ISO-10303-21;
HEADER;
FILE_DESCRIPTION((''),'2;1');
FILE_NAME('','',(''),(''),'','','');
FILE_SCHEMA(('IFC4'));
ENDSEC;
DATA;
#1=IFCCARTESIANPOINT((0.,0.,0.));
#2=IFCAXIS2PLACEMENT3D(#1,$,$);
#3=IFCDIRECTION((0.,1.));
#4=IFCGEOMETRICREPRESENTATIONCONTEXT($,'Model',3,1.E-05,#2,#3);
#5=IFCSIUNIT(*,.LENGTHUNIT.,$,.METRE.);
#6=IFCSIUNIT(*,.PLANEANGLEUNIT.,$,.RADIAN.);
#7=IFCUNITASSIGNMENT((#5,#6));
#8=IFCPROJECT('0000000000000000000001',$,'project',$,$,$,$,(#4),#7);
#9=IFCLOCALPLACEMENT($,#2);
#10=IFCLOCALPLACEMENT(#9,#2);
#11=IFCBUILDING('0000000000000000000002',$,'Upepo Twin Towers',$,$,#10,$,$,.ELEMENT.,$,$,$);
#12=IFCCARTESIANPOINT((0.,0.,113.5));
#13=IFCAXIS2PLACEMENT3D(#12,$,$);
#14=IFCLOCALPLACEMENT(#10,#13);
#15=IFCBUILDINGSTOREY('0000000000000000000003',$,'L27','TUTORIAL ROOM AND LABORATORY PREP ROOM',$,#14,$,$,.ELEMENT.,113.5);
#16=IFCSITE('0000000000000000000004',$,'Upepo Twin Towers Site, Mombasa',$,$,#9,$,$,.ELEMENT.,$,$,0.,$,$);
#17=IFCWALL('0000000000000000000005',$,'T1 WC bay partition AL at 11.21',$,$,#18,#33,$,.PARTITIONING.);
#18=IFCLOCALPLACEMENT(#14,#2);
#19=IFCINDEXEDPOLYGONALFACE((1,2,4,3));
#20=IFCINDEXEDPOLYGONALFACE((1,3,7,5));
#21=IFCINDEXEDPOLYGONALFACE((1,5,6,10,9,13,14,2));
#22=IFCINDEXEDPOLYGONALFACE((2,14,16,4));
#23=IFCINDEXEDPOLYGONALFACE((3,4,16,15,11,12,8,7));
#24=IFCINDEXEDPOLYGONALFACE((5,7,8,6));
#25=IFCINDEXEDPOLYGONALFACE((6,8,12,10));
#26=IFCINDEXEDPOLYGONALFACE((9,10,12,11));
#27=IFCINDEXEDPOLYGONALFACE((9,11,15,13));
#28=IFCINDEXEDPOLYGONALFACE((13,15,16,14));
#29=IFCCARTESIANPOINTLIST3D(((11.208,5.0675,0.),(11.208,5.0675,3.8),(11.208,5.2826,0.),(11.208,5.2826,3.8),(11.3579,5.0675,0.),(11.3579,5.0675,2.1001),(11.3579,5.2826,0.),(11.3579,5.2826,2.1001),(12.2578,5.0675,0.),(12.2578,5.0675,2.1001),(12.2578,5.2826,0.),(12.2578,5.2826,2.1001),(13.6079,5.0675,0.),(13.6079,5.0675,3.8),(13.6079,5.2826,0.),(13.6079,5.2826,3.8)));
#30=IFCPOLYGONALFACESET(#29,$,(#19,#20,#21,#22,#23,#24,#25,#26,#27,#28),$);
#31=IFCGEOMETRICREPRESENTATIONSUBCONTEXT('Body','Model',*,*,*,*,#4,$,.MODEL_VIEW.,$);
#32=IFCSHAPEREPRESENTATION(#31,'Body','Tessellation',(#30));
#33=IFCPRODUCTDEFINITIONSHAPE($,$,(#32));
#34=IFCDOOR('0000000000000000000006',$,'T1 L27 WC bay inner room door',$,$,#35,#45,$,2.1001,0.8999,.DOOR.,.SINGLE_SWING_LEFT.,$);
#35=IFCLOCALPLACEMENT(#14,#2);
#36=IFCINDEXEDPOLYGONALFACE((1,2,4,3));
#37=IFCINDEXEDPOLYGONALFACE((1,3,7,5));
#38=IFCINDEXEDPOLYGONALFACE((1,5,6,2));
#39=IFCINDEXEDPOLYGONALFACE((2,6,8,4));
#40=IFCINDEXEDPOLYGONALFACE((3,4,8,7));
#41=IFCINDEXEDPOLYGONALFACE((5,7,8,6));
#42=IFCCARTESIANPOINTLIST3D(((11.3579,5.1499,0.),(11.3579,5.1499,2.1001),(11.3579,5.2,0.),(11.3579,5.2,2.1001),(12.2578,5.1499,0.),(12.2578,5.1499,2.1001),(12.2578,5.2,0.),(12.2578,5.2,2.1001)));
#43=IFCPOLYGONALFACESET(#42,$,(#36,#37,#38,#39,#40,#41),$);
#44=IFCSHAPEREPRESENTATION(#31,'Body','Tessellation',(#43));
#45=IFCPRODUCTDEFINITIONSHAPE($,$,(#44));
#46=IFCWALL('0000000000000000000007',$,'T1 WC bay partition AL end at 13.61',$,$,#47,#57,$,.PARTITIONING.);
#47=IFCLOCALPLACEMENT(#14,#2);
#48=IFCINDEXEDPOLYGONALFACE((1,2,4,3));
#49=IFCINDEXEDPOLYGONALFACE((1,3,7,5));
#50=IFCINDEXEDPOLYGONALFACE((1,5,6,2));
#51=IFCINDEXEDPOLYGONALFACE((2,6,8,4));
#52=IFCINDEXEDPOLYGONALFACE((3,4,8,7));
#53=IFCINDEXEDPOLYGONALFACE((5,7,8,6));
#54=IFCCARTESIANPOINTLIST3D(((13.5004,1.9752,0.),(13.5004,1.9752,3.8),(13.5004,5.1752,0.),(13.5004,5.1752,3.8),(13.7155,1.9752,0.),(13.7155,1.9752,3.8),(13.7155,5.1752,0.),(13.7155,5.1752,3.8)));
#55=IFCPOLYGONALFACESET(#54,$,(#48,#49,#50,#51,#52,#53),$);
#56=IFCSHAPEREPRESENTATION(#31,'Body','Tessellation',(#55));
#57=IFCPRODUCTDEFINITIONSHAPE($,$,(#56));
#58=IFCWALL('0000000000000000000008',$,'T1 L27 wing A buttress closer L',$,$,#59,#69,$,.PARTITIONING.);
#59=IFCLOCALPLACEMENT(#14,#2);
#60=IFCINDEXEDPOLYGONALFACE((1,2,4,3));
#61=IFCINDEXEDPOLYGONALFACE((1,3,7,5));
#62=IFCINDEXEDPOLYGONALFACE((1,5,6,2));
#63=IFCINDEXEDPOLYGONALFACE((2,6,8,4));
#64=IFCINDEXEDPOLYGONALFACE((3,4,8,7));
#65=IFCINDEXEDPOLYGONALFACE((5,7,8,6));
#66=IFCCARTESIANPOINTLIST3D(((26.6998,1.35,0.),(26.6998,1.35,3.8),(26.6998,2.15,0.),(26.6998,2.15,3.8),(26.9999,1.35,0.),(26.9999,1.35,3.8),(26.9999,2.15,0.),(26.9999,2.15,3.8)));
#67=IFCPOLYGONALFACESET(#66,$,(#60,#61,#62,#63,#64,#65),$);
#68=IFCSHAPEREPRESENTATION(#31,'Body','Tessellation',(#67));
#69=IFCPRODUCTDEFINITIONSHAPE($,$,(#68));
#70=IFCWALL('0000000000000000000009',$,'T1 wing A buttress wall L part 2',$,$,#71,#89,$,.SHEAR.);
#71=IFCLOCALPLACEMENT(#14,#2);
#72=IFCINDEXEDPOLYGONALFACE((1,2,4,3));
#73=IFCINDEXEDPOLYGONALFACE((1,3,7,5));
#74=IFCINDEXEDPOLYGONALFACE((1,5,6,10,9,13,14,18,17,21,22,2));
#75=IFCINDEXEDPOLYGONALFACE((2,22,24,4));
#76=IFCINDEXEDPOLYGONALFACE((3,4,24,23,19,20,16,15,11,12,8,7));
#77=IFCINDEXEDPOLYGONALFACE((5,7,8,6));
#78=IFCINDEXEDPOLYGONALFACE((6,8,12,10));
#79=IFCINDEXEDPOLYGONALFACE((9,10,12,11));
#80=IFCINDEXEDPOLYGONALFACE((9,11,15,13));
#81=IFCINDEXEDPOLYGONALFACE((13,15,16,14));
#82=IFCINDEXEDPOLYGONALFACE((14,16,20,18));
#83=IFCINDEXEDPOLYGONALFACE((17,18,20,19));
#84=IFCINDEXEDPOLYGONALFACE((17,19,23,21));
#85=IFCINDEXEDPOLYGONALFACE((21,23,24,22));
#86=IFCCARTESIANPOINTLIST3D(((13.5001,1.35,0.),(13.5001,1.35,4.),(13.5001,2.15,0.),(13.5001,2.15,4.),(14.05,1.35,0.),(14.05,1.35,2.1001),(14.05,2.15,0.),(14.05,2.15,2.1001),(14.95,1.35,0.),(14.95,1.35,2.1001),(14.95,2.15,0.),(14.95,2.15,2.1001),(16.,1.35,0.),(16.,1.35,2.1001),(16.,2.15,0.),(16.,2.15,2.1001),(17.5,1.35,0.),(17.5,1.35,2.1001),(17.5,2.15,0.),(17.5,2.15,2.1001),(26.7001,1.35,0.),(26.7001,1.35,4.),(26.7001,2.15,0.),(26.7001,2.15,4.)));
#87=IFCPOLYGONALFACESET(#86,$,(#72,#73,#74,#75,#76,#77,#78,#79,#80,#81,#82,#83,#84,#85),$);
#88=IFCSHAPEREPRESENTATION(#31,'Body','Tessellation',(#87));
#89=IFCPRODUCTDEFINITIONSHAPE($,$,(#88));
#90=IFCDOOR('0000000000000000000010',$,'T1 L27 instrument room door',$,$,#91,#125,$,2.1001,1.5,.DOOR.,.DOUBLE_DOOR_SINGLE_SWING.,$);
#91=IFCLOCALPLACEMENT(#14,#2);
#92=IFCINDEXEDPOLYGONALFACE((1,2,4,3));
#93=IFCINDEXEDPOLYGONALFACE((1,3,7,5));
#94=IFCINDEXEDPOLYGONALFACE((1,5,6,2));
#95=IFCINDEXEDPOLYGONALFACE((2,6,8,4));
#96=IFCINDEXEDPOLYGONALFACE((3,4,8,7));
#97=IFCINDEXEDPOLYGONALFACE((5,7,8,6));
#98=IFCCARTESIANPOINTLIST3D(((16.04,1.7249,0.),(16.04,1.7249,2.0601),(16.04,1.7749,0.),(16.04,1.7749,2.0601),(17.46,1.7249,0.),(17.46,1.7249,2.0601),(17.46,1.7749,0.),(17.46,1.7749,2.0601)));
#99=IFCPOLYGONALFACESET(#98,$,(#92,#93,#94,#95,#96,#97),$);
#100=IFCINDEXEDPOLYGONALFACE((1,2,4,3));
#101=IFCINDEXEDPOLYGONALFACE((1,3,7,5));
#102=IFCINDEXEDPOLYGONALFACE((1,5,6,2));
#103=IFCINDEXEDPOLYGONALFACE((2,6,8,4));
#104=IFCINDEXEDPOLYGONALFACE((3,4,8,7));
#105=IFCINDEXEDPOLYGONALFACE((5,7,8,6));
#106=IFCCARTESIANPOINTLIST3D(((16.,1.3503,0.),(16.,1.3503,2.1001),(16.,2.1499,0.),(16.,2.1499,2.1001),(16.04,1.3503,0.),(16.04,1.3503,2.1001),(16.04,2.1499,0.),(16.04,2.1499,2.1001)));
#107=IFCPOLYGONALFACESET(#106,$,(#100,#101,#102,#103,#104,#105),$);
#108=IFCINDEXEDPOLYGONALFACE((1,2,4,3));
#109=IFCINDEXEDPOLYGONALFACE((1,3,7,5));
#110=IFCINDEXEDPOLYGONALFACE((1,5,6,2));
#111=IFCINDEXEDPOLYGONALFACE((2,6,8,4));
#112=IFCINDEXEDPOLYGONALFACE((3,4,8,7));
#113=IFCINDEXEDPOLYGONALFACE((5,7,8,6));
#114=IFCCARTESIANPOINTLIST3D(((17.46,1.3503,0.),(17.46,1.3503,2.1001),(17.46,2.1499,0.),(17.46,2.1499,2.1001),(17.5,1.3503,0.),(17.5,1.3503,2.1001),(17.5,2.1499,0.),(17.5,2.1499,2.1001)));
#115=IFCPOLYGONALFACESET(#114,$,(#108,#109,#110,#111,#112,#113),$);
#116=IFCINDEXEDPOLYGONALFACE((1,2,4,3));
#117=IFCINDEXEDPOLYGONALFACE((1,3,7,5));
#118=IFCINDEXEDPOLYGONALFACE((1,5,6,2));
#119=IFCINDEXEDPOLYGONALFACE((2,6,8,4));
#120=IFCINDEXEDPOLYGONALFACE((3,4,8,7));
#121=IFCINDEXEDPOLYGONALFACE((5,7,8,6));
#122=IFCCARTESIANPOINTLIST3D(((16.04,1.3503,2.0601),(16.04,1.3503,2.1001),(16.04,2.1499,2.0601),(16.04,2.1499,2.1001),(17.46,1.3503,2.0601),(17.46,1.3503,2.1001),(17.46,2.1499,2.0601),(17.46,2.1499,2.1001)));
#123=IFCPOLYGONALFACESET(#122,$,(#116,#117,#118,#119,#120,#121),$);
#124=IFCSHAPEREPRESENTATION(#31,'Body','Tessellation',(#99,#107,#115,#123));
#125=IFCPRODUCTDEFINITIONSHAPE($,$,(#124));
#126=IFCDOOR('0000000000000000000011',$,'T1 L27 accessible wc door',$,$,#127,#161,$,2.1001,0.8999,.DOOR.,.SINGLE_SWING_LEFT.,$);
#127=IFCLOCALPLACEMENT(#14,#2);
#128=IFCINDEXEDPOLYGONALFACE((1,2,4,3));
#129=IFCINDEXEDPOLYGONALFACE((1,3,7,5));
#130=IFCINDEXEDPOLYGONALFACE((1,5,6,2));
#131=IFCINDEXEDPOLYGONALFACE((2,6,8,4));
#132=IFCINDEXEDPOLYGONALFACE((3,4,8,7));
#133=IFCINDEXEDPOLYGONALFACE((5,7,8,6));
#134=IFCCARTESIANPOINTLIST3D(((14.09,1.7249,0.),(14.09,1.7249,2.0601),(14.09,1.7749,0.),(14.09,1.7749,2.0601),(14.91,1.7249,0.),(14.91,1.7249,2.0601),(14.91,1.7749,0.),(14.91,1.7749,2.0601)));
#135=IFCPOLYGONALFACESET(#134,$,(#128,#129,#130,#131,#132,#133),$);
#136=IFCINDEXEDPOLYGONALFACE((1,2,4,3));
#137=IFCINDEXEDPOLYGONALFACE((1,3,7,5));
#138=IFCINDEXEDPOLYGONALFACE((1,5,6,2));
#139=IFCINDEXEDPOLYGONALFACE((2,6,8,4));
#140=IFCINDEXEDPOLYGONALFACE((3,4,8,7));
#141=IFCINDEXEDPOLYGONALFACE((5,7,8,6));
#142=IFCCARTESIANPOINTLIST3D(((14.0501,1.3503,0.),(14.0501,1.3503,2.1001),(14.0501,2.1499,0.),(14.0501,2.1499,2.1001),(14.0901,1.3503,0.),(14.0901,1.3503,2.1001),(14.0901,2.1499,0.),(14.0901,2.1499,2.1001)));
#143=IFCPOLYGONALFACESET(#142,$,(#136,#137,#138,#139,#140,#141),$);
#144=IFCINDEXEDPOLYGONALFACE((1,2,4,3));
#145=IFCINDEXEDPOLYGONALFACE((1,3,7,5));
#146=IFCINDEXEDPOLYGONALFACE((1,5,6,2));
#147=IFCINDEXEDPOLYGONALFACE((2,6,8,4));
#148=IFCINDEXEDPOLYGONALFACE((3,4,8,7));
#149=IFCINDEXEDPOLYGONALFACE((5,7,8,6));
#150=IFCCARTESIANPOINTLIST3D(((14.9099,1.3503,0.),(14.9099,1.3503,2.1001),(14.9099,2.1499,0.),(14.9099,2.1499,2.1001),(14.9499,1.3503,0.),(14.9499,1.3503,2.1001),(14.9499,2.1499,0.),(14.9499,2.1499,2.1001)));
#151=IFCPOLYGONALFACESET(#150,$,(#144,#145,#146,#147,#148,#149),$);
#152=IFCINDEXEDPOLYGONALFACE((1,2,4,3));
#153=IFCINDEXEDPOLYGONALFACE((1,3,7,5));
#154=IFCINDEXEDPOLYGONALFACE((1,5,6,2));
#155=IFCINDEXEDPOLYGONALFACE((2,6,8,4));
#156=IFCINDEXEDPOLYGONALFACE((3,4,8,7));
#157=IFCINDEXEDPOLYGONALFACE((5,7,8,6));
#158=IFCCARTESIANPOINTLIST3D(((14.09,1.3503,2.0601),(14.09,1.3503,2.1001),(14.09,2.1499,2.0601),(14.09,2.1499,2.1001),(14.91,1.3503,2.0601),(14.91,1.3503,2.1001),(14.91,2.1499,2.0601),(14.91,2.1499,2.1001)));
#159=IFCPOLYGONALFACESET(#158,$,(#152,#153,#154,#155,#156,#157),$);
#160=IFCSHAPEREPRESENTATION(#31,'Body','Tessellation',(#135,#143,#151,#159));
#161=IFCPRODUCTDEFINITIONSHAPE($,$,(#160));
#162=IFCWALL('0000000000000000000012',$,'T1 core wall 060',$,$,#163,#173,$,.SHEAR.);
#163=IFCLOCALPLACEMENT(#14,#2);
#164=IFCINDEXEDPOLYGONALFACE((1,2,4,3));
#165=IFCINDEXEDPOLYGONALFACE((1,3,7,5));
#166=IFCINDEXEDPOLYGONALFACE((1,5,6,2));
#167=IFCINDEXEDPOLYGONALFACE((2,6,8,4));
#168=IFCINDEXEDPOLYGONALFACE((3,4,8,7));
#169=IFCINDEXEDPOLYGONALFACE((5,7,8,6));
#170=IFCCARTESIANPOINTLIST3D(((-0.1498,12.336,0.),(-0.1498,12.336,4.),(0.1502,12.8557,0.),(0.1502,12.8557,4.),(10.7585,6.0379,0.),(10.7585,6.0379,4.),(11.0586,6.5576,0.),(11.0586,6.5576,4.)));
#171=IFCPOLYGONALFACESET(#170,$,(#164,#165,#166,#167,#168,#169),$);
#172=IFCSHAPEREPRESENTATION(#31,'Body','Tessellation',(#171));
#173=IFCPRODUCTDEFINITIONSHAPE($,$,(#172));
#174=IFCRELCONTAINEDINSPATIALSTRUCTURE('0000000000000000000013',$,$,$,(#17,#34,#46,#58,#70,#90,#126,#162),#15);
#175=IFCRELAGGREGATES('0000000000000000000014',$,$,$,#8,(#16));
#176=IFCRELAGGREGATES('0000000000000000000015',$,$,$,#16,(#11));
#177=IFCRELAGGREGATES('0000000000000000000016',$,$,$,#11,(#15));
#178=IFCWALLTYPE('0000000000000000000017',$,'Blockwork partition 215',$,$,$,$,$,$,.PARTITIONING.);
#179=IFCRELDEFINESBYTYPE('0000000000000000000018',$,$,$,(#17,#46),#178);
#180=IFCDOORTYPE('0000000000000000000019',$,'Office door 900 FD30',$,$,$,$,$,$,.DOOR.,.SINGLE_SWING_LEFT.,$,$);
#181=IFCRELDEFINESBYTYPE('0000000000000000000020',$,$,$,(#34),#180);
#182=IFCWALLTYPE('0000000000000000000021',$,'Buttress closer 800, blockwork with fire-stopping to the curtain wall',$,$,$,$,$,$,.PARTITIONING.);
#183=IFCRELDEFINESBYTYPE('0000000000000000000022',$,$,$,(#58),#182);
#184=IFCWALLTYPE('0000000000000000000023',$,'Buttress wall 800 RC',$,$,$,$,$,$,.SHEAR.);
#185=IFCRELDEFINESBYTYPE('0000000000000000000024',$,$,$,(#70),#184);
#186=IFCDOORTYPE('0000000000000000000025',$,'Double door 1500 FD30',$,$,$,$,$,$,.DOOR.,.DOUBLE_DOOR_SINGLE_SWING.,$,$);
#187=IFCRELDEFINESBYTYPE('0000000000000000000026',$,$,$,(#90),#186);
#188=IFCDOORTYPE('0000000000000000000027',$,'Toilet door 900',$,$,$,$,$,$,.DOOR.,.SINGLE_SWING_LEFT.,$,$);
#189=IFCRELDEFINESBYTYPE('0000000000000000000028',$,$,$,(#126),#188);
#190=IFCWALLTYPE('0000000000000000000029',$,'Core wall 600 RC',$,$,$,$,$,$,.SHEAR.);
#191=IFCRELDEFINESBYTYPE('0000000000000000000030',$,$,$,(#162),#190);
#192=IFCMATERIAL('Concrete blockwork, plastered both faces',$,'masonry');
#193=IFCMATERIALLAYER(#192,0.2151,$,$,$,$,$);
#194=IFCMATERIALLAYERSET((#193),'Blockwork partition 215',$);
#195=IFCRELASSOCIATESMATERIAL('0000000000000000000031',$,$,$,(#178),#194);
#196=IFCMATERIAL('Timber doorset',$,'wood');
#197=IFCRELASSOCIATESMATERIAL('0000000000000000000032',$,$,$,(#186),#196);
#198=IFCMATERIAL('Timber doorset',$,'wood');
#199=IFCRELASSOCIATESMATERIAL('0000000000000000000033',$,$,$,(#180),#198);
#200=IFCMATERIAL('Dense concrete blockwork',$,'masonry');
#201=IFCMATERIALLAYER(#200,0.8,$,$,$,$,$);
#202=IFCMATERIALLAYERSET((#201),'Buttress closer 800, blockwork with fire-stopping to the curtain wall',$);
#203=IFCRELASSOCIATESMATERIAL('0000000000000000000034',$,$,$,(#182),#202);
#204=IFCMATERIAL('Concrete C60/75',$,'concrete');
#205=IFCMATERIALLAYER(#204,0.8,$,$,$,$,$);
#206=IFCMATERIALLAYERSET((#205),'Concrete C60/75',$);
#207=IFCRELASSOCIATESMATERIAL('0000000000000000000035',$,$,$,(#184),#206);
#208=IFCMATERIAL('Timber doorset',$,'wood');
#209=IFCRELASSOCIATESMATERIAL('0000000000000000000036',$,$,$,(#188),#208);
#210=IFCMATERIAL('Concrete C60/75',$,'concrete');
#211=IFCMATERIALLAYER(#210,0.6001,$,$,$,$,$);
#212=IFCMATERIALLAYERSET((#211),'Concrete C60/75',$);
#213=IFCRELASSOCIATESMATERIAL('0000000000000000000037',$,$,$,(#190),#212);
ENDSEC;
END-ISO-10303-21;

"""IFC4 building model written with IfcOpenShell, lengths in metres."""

from ifc_helpers import new_model, si_unit, direction, frame, frame_2d, origin, place, context, subcontext, project, spatial, rectangle, extrude, material, layer, layer_set, type_object, element, fill, save


model = new_model("IFC4")

# Units and contexts
model_context = context("Model", 3, precision=1e-05, world=origin(), true_north=direction((0.0, 1.0)))
body_context = subcontext(model_context, "Body", "Model", "MODEL_VIEW")
ifc_project = project(units=[si_unit("LENGTHUNIT", "METRE"), si_unit("PLANEANGLEUNIT", "RADIAN")], contexts=[model_context])

# Site, building, storey
site_placement = place(None, origin())
site = spatial("IfcSite", under=ifc_project, at=site_placement, Name="Upepo Twin Towers Site, Mombasa", CompositionType="ELEMENT", RefElevation=0.0)
building_placement = place(site_placement, origin())
building = spatial("IfcBuilding", under=site, at=building_placement, Name="Upepo Twin Towers", CompositionType="ELEMENT")
storey_placement = place(building_placement, frame((0.0, 0.0, 113.5)))
storey = spatial("IfcBuildingStorey", under=building, at=storey_placement, Name="L27", Description="TUTORIAL ROOM AND LABORATORY PREP ROOM", CompositionType="ELEMENT", Elevation=113.5)

# Shared definitions
ifc_material_1 = material(Name="Concrete blockwork, plastered both faces", Category="masonry")
ifc_layer_1 = layer(ifc_material_1, 0.2151)
ifc_layer_set_1 = layer_set([ifc_layer_1], Name="Blockwork partition 215")
wall_type_1 = type_object("IfcWallType", Name="Blockwork partition 215", PredefinedType="PARTITIONING", material=ifc_layer_set_1)

# Wall, opening, door
ifc_material_2 = material(Name="Timber doorset", Category="wood")
door_type_1 = type_object("IfcDoorType", Name="Double door 1500 FD30", OperationType="DOUBLE_DOOR_SINGLE_SWING", PredefinedType="DOOR", material=ifc_material_2)
wall_1_placement = place(storey_placement, frame((11.208, 5.175, 0.0), z_axis=(0.0, 0.0, 1.0), x_axis=(1.0, 0.0, 0.0)))
wall_1 = element("IfcWall", 1, at=wall_1_placement, inside=storey, type_object=wall_type_1, Name="T1 WC bay partition AL at 11.21", PredefinedType="PARTITIONING", context=body_context, shape_type="SweptSolid", body=[
    extrude(rectangle(XDim=2.3999, YDim=0.2151, at=frame_2d((1.2, 0.0))), origin(), (0.0, 0.0, 1.0), 3.8),
])
opening_1_placement = place(wall_1_placement, frame((0.1499, 0.0, 0.0)))
opening_1 = element("IfcOpeningElement", 2, at=opening_1_placement, cuts=wall_1, PredefinedType="OPENING", context=body_context, shape_type="SweptSolid", body=[
    extrude(rectangle(XDim=0.8999, YDim=2.1001, at=frame_2d((0.45, 1.05))), frame((0.0, 0.1174, 0.0), z_axis=(0.0, -1.0, 0.0), x_axis=(1.0, 0.0, 0.0)), (0.0, 0.0, 1.0), 0.2351),
])
ifc_material_3 = material(Name="Timber doorset", Category="wood")
door_type_2 = type_object("IfcDoorType", Name="Office door 900 FD30", OperationType="SINGLE_SWING_LEFT", PredefinedType="DOOR", material=ifc_material_3)
door_1_placement = place(opening_1_placement, origin())
door_1 = element("IfcDoor", 3, at=door_1_placement, inside=storey, type_object=door_type_2, Name="T1 L27 WC bay inner room door", OperationType="SINGLE_SWING_LEFT", OverallHeight=2.1001, OverallWidth=0.8999, PredefinedType="DOOR", context=body_context, shape_type="SweptSolid", body=[
    extrude(rectangle(XDim=0.8999, YDim=2.1001, at=frame_2d((0.45, 1.05))), frame((0.0, 0.0249, 0.0), z_axis=(0.0, -1.0, 0.0), x_axis=(1.0, 0.0, 0.0)), (0.0, 0.0, 1.0), 0.05),
])
fill(opening_1, door_1)

# Walls
wall_2_placement = place(storey_placement, frame((13.6079, 1.9751, 0.0), z_axis=(0.0, 0.0, 1.0), x_axis=(0.0, 1.0, 0.0)))
element("IfcWall", 4, at=wall_2_placement, inside=storey, type_object=wall_type_1, Name="T1 WC bay partition AL end at 13.61", PredefinedType="PARTITIONING", context=body_context, shape_type="SweptSolid", body=[
    extrude(rectangle(XDim=3.2, YDim=0.2151, at=frame_2d((1.6001, 0.0))), origin(), (0.0, 0.0, 1.0), 3.8),
])
ifc_material_4 = material(Name="Dense concrete blockwork", Category="masonry")
ifc_layer_2 = layer(ifc_material_4, 0.8)
ifc_layer_set_2 = layer_set([ifc_layer_2], Name="Buttress closer 800, blockwork with fire-stopping to the curtain wall")
wall_type_2 = type_object("IfcWallType", Name="Buttress closer 800, blockwork with fire-stopping to the curtain wall", PredefinedType="PARTITIONING", material=ifc_layer_set_2)
wall_3_placement = place(storey_placement, frame((26.7, 1.75, 0.0), z_axis=(0.0, 0.0, 1.0), x_axis=(1.0, 0.0, 0.0)))
element("IfcWall", 5, at=wall_3_placement, inside=storey, type_object=wall_type_2, Name="T1 L27 wing A buttress closer L", PredefinedType="PARTITIONING", context=body_context, shape_type="SweptSolid", body=[
    extrude(rectangle(XDim=0.3, YDim=0.8, at=frame_2d((0.1499, 0.0))), origin(), (0.0, 0.0, 1.0), 3.8),
])

# Wall, openings, doors
ifc_material_5 = material(Name="Concrete C60/75", Category="concrete")
ifc_layer_3 = layer(ifc_material_5, 0.8)
ifc_layer_set_3 = layer_set([ifc_layer_3], Name="Concrete C60/75")
wall_type_3 = type_object("IfcWallType", Name="Buttress wall 800 RC", PredefinedType="SHEAR", material=ifc_layer_set_3)
wall_4_placement = place(storey_placement, frame((13.5, 1.75, 0.0), z_axis=(0.0, 0.0, 1.0), x_axis=(1.0, 0.0, 0.0)))
wall_4 = element("IfcWall", 6, at=wall_4_placement, inside=storey, type_object=wall_type_3, Name="T1 wing A buttress wall L part 2", PredefinedType="SHEAR", context=body_context, shape_type="SweptSolid", body=[
    extrude(rectangle(XDim=13.2, YDim=0.8, at=frame_2d((6.6001, 0.0))), origin(), (0.0, 0.0, 1.0), 4.0),
])
opening_2_placement = place(wall_4_placement, frame((0.55, 0.0, 0.0)))
opening_2 = element("IfcOpeningElement", 7, at=opening_2_placement, cuts=wall_4, PredefinedType="OPENING", context=body_context, shape_type="SweptSolid", body=[
    extrude(rectangle(XDim=0.8999, YDim=2.1001, at=frame_2d((0.45, 1.05))), frame((0.0, 0.4099, 0.0), z_axis=(0.0, -1.0, 0.0), x_axis=(1.0, 0.0, 0.0)), (0.0, 0.0, 1.0), 0.8201),
])
opening_3_placement = place(wall_4_placement, frame((2.5, 0.0, 0.0)))
opening_3 = element("IfcOpeningElement", 8, at=opening_3_placement, cuts=wall_4, PredefinedType="OPENING", context=body_context, shape_type="SweptSolid", body=[
    extrude(rectangle(XDim=1.5, YDim=2.1001, at=frame_2d((0.75, 1.05))), frame((0.0, 0.4099, 0.0), z_axis=(0.0, -1.0, 0.0), x_axis=(1.0, 0.0, 0.0)), (0.0, 0.0, 1.0), 0.8201),
])
door_2_placement = place(opening_3_placement, origin())
door_2 = element("IfcDoor", 9, at=door_2_placement, inside=storey, type_object=door_type_1, Name="T1 L27 instrument room door", OperationType="DOUBLE_DOOR_SINGLE_SWING", OverallHeight=2.1001, OverallWidth=1.5, PredefinedType="DOOR", context=body_context, shape_type="SweptSolid", body=[
    extrude(rectangle(XDim=1.42, YDim=2.0601, at=frame_2d((0.75, 1.03))), frame((0.0, 0.0249, 0.0), z_axis=(0.0, -1.0, 0.0), x_axis=(1.0, 0.0, 0.0)), (0.0, 0.0, 1.0), 0.05),
    extrude(rectangle(XDim=0.04, YDim=2.1001, at=frame_2d((0.02, 1.05))), frame((0.0, 0.3999, 0.0), z_axis=(0.0, -1.0, 0.0), x_axis=(1.0, 0.0, 0.0)), (0.0, 0.0, 1.0), 0.7996),
    extrude(rectangle(XDim=0.04, YDim=2.1001, at=frame_2d((1.48, 1.05))), frame((0.0, 0.3999, 0.0), z_axis=(0.0, -1.0, 0.0), x_axis=(1.0, 0.0, 0.0)), (0.0, 0.0, 1.0), 0.7996),
    extrude(rectangle(XDim=1.42, YDim=0.04, at=frame_2d((0.75, 2.0801))), frame((0.0, 0.3999, 0.0), z_axis=(0.0, -1.0, 0.0), x_axis=(1.0, 0.0, 0.0)), (0.0, 0.0, 1.0), 0.7996),
])
fill(opening_3, door_2)
ifc_material_6 = material(Name="Timber doorset", Category="wood")
door_type_3 = type_object("IfcDoorType", Name="Toilet door 900", OperationType="SINGLE_SWING_LEFT", PredefinedType="DOOR", material=ifc_material_6)
door_3_placement = place(opening_2_placement, origin())
door_3 = element("IfcDoor", 10, at=door_3_placement, inside=storey, type_object=door_type_3, Name="T1 L27 accessible wc door", OperationType="SINGLE_SWING_LEFT", OverallHeight=2.1001, OverallWidth=0.8999, PredefinedType="DOOR", context=body_context, shape_type="SweptSolid", body=[
    extrude(rectangle(XDim=0.8199, YDim=2.0601, at=frame_2d((0.45, 1.03))), frame((0.0, 0.0249, 0.0), z_axis=(0.0, -1.0, 0.0), x_axis=(1.0, 0.0, 0.0)), (0.0, 0.0, 1.0), 0.05),
    extrude(rectangle(XDim=0.04, YDim=2.1001, at=frame_2d((0.02, 1.05))), frame((0.0, 0.3999, 0.0), z_axis=(0.0, -1.0, 0.0), x_axis=(1.0, 0.0, 0.0)), (0.0, 0.0, 1.0), 0.7996),
    extrude(rectangle(XDim=0.04, YDim=2.1001, at=frame_2d((0.8799, 1.05))), frame((0.0, 0.3999, 0.0), z_axis=(0.0, -1.0, 0.0), x_axis=(1.0, 0.0, 0.0)), (0.0, 0.0, 1.0), 0.7996),
    extrude(rectangle(XDim=0.8199, YDim=0.04, at=frame_2d((0.45, 2.0801))), frame((0.0, 0.3999, 0.0), z_axis=(0.0, -1.0, 0.0), x_axis=(1.0, 0.0, 0.0)), (0.0, 0.0, 1.0), 0.7996),
])
fill(opening_2, door_3)

# Wall
ifc_material_7 = material(Name="Concrete C60/75", Category="concrete")
ifc_layer_4 = layer(ifc_material_7, 0.6001)
ifc_layer_set_4 = layer_set([ifc_layer_4], Name="Concrete C60/75")
wall_type_4 = type_object("IfcWallType", Name="Core wall 600 RC", PredefinedType="SHEAR", material=ifc_layer_set_4)
wall_5_placement = place(storey_placement, frame((10.9084, 6.2979, 0.0), z_axis=(0.0, 0.0, 1.0), x_axis=(-0.866022, 0.500006, 0.0)))
element("IfcWall", 11, at=wall_5_placement, inside=storey, type_object=wall_type_4, Name="T1 core wall 060", PredefinedType="SHEAR", context=body_context, shape_type="SweptSolid", body=[
    extrude(rectangle(XDim=12.5959, YDim=0.6001, at=frame_2d((6.2979, 0.0))), origin(), (0.0, 0.0, 1.0), 4.0),
])

save(model, "model.ifc")
